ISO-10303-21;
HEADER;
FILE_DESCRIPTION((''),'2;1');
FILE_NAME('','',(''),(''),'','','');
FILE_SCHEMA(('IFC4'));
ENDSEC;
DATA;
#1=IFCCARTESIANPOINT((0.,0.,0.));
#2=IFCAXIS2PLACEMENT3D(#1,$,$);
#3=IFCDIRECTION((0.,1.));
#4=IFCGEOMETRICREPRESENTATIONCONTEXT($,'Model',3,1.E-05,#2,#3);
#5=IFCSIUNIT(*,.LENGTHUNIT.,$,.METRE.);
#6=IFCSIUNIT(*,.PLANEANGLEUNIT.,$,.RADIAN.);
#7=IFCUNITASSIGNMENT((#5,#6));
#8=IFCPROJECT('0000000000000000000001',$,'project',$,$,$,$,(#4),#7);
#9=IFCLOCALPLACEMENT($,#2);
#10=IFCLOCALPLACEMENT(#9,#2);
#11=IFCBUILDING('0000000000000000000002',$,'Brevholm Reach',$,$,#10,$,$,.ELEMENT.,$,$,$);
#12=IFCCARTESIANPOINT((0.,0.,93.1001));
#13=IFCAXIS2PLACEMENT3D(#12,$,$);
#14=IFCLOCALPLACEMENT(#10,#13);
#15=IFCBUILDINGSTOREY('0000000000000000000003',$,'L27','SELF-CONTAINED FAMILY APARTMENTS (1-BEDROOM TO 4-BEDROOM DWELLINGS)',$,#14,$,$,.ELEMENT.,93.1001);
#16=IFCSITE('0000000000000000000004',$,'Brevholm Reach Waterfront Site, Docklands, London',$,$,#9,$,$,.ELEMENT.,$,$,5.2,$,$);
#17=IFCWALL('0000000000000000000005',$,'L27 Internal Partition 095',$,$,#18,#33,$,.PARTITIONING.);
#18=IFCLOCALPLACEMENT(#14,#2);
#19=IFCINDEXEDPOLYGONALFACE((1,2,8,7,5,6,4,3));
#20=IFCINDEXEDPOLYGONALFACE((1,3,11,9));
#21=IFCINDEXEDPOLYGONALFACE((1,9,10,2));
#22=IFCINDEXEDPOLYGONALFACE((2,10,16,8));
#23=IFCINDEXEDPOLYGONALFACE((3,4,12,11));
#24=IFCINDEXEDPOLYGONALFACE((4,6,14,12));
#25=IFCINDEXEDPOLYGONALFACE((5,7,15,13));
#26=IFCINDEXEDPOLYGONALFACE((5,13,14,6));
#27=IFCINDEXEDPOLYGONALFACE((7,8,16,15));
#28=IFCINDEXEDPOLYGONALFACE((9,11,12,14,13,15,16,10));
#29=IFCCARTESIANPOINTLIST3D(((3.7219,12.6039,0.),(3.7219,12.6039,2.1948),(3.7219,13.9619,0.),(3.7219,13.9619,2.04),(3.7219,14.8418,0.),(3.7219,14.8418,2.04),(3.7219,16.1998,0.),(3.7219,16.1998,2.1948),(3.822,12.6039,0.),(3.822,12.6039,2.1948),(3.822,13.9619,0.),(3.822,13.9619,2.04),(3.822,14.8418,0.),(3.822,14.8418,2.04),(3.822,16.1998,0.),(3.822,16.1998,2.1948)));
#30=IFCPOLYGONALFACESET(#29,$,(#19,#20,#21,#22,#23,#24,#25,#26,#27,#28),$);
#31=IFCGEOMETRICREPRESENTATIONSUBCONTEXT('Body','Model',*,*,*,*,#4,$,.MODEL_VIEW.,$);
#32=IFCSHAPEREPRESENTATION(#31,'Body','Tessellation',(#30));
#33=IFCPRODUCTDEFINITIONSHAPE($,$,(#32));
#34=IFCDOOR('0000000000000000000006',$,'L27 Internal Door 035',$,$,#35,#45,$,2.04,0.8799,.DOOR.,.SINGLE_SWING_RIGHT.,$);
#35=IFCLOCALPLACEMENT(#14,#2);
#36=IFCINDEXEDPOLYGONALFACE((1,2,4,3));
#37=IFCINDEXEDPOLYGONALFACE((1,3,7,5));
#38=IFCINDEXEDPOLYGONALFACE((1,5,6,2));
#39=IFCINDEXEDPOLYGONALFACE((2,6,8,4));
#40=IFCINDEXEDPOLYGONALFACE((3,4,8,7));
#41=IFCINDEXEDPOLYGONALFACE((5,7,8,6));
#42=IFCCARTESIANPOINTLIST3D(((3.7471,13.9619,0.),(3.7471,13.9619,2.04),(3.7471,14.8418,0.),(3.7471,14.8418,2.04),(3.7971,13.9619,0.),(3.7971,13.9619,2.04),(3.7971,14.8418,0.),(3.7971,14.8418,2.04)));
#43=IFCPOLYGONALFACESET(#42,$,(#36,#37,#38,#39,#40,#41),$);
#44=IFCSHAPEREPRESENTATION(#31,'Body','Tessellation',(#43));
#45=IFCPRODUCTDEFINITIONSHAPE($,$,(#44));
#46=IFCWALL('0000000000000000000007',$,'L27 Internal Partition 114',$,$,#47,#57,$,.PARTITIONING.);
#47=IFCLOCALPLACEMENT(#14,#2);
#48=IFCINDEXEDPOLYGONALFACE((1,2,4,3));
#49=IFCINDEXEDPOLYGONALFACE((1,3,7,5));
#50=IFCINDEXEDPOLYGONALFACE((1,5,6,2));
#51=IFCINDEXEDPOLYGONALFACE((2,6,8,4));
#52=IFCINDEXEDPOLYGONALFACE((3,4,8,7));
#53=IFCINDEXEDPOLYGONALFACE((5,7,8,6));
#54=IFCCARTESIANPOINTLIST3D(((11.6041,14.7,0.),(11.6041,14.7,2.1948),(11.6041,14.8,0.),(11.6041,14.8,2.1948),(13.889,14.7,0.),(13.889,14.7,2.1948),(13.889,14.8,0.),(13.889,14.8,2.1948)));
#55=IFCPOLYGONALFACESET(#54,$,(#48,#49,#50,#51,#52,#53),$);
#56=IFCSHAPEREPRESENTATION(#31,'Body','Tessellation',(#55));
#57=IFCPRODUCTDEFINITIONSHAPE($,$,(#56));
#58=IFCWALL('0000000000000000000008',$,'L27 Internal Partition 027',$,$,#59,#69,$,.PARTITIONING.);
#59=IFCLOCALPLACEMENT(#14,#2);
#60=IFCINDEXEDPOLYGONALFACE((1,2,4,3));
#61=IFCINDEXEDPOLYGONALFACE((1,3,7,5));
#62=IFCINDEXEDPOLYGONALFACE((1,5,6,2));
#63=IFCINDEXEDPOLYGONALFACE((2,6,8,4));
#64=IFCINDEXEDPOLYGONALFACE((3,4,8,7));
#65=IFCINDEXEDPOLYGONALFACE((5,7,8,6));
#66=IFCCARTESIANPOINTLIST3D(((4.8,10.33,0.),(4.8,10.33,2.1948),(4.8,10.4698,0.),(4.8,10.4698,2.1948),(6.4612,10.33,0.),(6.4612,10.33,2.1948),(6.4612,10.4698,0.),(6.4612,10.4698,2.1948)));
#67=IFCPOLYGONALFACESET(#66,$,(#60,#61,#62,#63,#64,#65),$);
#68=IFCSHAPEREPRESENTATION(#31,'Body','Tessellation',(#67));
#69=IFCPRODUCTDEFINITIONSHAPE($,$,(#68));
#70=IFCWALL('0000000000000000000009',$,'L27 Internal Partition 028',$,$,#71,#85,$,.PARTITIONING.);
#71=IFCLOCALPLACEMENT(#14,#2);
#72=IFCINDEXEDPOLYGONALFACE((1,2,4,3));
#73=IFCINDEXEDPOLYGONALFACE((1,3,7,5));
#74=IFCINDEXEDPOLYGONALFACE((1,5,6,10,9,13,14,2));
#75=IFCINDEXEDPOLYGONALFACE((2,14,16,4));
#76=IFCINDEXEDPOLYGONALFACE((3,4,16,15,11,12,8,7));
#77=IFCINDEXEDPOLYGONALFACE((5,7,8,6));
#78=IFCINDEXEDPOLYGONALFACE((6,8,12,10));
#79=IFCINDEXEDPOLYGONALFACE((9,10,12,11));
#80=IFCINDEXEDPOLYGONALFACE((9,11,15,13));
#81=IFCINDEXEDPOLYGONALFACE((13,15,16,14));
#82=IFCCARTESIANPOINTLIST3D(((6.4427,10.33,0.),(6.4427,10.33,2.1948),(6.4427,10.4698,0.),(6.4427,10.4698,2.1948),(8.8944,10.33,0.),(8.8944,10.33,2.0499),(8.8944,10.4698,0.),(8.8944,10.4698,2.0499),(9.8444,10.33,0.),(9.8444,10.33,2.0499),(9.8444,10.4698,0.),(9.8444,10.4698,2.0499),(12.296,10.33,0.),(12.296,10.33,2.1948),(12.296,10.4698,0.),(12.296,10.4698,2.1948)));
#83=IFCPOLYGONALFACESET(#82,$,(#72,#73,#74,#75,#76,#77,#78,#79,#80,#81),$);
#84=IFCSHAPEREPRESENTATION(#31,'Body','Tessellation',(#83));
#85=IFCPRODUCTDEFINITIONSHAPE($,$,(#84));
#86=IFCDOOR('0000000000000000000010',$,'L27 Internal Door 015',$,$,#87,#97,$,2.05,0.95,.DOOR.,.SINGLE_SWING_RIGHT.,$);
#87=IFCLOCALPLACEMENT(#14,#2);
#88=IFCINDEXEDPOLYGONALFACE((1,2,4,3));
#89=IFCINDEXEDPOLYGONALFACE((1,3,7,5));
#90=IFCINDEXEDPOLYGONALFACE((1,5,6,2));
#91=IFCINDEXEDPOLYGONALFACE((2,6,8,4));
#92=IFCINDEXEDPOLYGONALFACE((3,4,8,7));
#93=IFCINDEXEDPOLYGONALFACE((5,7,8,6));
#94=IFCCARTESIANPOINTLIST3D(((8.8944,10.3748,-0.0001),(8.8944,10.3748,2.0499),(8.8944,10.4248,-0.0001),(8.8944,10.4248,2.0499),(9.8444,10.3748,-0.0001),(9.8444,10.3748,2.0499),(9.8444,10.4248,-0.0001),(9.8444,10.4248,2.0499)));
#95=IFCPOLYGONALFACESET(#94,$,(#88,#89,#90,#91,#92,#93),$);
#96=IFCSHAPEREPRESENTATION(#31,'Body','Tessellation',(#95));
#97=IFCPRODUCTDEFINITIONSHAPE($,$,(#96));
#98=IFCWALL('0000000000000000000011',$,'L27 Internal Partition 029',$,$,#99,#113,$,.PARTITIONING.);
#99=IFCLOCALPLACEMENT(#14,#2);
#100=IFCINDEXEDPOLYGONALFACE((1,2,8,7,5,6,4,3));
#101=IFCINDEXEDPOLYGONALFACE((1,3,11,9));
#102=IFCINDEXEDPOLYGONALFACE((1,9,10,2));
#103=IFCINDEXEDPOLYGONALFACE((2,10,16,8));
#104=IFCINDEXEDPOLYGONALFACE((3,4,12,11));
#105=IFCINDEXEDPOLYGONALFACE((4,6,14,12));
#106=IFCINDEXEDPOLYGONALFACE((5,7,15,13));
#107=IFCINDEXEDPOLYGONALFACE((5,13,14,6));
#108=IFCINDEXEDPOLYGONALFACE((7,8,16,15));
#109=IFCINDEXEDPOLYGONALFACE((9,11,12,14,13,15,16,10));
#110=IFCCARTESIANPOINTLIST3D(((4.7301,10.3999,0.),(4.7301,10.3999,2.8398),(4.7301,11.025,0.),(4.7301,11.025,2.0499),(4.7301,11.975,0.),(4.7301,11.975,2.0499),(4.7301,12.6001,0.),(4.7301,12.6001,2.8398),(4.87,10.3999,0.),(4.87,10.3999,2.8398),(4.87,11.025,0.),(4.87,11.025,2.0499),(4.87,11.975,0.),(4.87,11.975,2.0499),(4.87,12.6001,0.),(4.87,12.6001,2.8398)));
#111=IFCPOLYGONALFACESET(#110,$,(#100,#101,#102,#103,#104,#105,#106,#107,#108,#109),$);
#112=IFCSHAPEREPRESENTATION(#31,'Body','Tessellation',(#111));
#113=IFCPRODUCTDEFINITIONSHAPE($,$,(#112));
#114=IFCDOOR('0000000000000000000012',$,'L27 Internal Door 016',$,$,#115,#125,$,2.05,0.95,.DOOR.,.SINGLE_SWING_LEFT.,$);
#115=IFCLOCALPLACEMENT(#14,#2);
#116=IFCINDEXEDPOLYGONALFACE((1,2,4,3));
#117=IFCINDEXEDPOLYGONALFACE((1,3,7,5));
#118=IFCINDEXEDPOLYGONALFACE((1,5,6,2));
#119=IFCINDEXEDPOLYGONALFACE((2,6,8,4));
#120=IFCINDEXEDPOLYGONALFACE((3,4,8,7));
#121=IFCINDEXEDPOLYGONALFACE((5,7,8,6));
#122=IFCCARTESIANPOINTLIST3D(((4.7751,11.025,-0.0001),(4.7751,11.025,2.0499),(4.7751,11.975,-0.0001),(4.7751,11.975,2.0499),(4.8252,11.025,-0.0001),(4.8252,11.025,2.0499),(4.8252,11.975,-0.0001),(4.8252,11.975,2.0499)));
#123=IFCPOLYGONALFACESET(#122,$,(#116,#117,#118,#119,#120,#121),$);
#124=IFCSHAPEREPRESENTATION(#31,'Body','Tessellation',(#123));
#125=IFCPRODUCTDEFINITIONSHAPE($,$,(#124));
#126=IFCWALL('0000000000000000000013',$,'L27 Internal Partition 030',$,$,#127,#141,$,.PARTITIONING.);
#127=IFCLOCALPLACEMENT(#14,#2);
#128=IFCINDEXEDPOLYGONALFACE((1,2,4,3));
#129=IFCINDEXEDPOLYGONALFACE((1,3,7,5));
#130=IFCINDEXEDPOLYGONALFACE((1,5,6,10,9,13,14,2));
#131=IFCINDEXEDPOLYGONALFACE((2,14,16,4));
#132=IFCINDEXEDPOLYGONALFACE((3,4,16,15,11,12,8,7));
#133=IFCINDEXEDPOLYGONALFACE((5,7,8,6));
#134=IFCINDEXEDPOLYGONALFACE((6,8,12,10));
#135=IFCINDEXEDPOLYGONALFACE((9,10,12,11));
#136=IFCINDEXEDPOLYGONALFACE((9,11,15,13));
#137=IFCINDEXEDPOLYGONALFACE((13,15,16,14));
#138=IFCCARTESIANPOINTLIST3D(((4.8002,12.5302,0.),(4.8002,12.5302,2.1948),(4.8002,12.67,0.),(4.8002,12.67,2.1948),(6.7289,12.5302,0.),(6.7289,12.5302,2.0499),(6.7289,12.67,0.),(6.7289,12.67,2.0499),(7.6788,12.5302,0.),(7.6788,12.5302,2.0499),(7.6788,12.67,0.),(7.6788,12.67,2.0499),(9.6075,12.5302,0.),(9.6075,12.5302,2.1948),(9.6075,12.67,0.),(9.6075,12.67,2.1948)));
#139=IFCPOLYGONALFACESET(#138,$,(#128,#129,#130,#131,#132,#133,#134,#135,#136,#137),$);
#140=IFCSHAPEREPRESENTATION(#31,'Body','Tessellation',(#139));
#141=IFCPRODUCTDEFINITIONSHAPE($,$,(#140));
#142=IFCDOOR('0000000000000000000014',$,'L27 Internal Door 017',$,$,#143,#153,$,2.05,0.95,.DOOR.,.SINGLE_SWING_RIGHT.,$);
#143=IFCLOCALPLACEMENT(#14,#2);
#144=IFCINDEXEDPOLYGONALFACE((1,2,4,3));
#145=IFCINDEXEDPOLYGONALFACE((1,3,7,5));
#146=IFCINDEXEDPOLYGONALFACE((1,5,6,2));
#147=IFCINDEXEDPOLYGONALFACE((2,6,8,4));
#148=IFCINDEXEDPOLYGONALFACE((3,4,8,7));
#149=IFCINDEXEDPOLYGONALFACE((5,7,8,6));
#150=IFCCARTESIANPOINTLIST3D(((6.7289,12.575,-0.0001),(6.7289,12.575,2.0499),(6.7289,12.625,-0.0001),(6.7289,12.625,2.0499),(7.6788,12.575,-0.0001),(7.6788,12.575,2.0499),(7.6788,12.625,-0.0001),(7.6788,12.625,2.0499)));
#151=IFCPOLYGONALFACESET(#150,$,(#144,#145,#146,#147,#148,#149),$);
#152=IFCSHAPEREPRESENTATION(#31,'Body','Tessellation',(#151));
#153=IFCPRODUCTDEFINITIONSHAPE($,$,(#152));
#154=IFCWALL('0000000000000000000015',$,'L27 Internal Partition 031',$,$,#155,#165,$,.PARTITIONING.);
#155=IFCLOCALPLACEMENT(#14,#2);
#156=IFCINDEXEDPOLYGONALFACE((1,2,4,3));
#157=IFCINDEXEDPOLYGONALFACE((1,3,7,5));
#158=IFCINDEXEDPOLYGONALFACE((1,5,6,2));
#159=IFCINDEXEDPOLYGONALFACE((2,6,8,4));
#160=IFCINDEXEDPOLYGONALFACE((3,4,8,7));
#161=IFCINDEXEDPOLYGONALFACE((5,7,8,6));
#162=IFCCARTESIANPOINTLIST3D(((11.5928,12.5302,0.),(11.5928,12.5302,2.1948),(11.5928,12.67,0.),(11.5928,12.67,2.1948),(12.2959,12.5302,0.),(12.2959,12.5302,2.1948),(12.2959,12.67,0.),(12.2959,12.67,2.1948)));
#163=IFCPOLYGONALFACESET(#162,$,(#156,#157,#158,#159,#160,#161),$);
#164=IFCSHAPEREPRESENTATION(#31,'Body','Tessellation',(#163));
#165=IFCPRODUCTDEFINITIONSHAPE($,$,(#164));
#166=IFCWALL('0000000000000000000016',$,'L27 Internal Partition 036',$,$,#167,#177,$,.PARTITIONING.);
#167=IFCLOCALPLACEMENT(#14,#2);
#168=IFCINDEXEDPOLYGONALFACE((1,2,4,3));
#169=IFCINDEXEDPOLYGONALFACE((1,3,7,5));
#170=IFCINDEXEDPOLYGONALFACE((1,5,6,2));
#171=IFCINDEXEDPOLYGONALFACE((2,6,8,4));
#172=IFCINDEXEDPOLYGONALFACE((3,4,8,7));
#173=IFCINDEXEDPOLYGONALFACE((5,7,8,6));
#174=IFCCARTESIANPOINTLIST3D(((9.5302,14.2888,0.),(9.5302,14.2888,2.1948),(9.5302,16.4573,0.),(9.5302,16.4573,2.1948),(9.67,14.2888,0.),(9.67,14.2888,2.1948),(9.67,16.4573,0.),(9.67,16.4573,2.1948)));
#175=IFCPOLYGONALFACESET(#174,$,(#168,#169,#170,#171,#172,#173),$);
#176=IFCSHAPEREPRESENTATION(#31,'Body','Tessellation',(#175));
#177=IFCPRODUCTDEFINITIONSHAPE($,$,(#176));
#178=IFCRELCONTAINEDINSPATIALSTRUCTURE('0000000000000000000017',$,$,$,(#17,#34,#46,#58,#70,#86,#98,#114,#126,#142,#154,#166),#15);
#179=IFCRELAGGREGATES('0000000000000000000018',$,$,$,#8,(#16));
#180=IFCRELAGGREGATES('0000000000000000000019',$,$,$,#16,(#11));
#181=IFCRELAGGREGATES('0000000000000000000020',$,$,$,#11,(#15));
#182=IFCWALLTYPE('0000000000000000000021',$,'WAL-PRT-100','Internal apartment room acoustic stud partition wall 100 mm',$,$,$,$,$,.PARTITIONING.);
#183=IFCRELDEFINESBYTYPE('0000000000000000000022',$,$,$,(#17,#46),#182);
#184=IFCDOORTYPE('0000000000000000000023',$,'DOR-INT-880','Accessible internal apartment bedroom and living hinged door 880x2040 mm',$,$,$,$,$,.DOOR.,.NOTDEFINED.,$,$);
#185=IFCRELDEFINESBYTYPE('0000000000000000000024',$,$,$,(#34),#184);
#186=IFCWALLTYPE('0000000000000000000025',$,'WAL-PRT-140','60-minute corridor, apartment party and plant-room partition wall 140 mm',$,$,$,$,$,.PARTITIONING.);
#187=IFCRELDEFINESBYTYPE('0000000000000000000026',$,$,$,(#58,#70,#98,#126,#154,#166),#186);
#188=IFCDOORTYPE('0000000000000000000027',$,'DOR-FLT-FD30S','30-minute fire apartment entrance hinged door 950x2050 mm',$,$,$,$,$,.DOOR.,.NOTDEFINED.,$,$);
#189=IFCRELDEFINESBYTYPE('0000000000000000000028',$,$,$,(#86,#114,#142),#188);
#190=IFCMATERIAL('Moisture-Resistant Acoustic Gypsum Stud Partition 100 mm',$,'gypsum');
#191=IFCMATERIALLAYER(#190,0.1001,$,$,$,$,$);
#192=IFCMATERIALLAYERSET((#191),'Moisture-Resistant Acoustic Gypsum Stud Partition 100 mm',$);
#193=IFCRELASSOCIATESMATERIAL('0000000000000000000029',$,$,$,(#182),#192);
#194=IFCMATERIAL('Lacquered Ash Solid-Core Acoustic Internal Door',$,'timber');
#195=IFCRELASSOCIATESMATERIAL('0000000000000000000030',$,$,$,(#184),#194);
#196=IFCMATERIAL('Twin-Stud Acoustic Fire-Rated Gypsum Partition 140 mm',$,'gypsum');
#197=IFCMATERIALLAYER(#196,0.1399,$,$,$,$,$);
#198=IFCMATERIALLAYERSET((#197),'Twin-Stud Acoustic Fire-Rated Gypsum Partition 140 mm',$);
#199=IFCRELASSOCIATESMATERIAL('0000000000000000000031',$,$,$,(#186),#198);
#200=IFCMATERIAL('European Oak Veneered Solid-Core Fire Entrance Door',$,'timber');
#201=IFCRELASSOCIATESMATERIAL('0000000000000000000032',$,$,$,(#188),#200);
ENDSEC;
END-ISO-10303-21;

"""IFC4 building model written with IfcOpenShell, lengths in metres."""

from ifc_helpers import new_model, si_unit, direction, frame, frame_2d, origin, place, context, subcontext, project, spatial, rectangle, extrude, material, layer, layer_set, type_object, element, fill, save


model = new_model("IFC4")

# Units and contexts
model_context = context("Model", 3, precision=1e-05, world=origin(), true_north=direction((0.0, 1.0)))
body_context = subcontext(model_context, "Body", "Model", "MODEL_VIEW")
ifc_project = project(units=[si_unit("LENGTHUNIT", "METRE"), si_unit("PLANEANGLEUNIT", "RADIAN")], contexts=[model_context])

# Site, building, storey
site_placement = place(None, origin())
site = spatial("IfcSite", under=ifc_project, at=site_placement, Name="Brevholm Reach Waterfront Site, Docklands, London", CompositionType="ELEMENT", RefElevation=5.2)
building_placement = place(site_placement, origin())
building = spatial("IfcBuilding", under=site, at=building_placement, Name="Brevholm Reach", CompositionType="ELEMENT")
storey_placement = place(building_placement, frame((0.0, 0.0, 93.1001)))
storey = spatial("IfcBuildingStorey", under=building, at=storey_placement, Name="L27", Description="SELF-CONTAINED FAMILY APARTMENTS (1-BEDROOM TO 4-BEDROOM DWELLINGS)", CompositionType="ELEMENT", Elevation=93.1001)

# Shared definitions
ifc_material_1 = material(Name="Moisture-Resistant Acoustic Gypsum Stud Partition 100 mm", Category="gypsum")
ifc_layer_1 = layer(ifc_material_1, 0.1001)
ifc_layer_set_1 = layer_set([ifc_layer_1], Name="Moisture-Resistant Acoustic Gypsum Stud Partition 100 mm")
wall_type_1 = type_object("IfcWallType", Name="WAL-PRT-100", Description="Internal apartment room acoustic stud partition wall 100 mm", PredefinedType="PARTITIONING", material=ifc_layer_set_1)
ifc_material_2 = material(Name="Lacquered Ash Solid-Core Acoustic Internal Door", Category="timber")
door_type_1 = type_object("IfcDoorType", Name="DOR-INT-880", Description="Accessible internal apartment bedroom and living hinged door 880x2040 mm", OperationType="NOTDEFINED", PredefinedType="DOOR", material=ifc_material_2)

# Wall, opening, door
wall_1_placement = place(storey_placement, frame((3.772, 12.604, 0.0), z_axis=(0.0, 0.0, 1.0), x_axis=(0.0, 1.0, 0.0)))
wall_1 = element("IfcWall", 1, at=wall_1_placement, inside=storey, type_object=wall_type_1, Name="L27 Internal Partition 095", PredefinedType="PARTITIONING", context=body_context, shape_type="SweptSolid", body=[
    extrude(rectangle(XDim=3.5959, YDim=0.1001, at=frame_2d((1.7979, 0.0))), origin(), (0.0, 0.0, 1.0), 2.1948),
])
opening_1_placement = place(wall_1_placement, frame((1.3579, 0.0, 0.0)))
opening_1 = element("IfcOpeningElement", 2, at=opening_1_placement, cuts=wall_1, PredefinedType="OPENING", context=body_context, shape_type="SweptSolid", body=[
    extrude(rectangle(XDim=0.8799, YDim=2.04, at=frame_2d((0.4399, 1.02))), frame((0.0, 0.0601, 0.0), z_axis=(0.0, -1.0, 0.0), x_axis=(1.0, 0.0, 0.0)), (0.0, 0.0, 1.0), 0.1201),
])
door_1_placement = place(opening_1_placement, origin())
door_1 = element("IfcDoor", 3, at=door_1_placement, inside=storey, type_object=door_type_1, Name="L27 Internal Door 035", OperationType="SINGLE_SWING_RIGHT", OverallHeight=2.04, OverallWidth=0.8799, PredefinedType="DOOR", context=body_context, shape_type="SweptSolid", body=[
    extrude(rectangle(XDim=0.8799, YDim=2.04, at=frame_2d((0.4399, 1.02))), frame((0.0, 0.0249, 0.0), z_axis=(0.0, -1.0, 0.0), x_axis=(1.0, 0.0, 0.0)), (0.0, 0.0, 1.0), 0.05),
])
fill(opening_1, door_1)

# Walls
wall_2_placement = place(storey_placement, frame((11.604, 14.75, 0.0), z_axis=(0.0, 0.0, 1.0), x_axis=(1.0, 0.0, 0.0)))
element("IfcWall", 4, at=wall_2_placement, inside=storey, type_object=wall_type_1, Name="L27 Internal Partition 114", PredefinedType="PARTITIONING", context=body_context, shape_type="SweptSolid", body=[
    extrude(rectangle(XDim=2.2849, YDim=0.1001, at=frame_2d((1.1426, 0.0))), origin(), (0.0, 0.0, 1.0), 2.1948),
])
ifc_material_3 = material(Name="Twin-Stud Acoustic Fire-Rated Gypsum Partition 140 mm", Category="gypsum")
ifc_layer_2 = layer(ifc_material_3, 0.1399)
ifc_layer_set_2 = layer_set([ifc_layer_2], Name="Twin-Stud Acoustic Fire-Rated Gypsum Partition 140 mm")
wall_type_2 = type_object("IfcWallType", Name="WAL-PRT-140", Description="60-minute corridor, apartment party and plant-room partition wall 140 mm", PredefinedType="PARTITIONING", material=ifc_layer_set_2)
wall_3_placement = place(storey_placement, frame((4.8, 10.3999, 0.0), z_axis=(0.0, 0.0, 1.0), x_axis=(1.0, 0.0, 0.0)))
element("IfcWall", 5, at=wall_3_placement, inside=storey, type_object=wall_type_2, Name="L27 Internal Partition 027", PredefinedType="PARTITIONING", context=body_context, shape_type="SweptSolid", body=[
    extrude(rectangle(XDim=1.6611, YDim=0.1399, at=frame_2d((0.8306, 0.0))), origin(), (0.0, 0.0, 1.0), 2.1948),
])

# Walls, openings, doors
wall_4_placement = place(storey_placement, frame((6.4426, 10.3999, 0.0), z_axis=(0.0, 0.0, 1.0), x_axis=(1.0, 0.0, 0.0)))
wall_4 = element("IfcWall", 6, at=wall_4_placement, inside=storey, type_object=wall_type_2, Name="L27 Internal Partition 028", PredefinedType="PARTITIONING", context=body_context, shape_type="SweptSolid", body=[
    extrude(rectangle(XDim=5.8533, YDim=0.1399, at=frame_2d((2.9268, 0.0))), origin(), (0.0, 0.0, 1.0), 2.1948),
])
opening_2_placement = place(wall_4_placement, frame((2.4517, 0.0, 0.0)))
opening_2 = element("IfcOpeningElement", 7, at=opening_2_placement, cuts=wall_4, PredefinedType="OPENING", context=body_context, shape_type="SweptSolid", body=[
    extrude(rectangle(XDim=0.95, YDim=2.05, at=frame_2d((0.4751, 1.0249))), frame((0.0, 0.0798, 0.0), z_axis=(0.0, -1.0, 0.0), x_axis=(1.0, 0.0, 0.0)), (0.0, 0.0, 1.0), 0.1599),
])
ifc_material_4 = material(Name="European Oak Veneered Solid-Core Fire Entrance Door", Category="timber")
door_type_2 = type_object("IfcDoorType", Name="DOR-FLT-FD30S", Description="30-minute fire apartment entrance hinged door 950x2050 mm", OperationType="NOTDEFINED", PredefinedType="DOOR", material=ifc_material_4)
door_2_placement = place(opening_2_placement, origin())
door_2 = element("IfcDoor", 8, at=door_2_placement, inside=storey, type_object=door_type_2, Name="L27 Internal Door 015", OperationType="SINGLE_SWING_RIGHT", OverallHeight=2.05, OverallWidth=0.95, PredefinedType="DOOR", context=body_context, shape_type="SweptSolid", body=[
    extrude(rectangle(XDim=0.95, YDim=2.05, at=frame_2d((0.4751, 1.0249))), frame((0.0, 0.0249, 0.0), z_axis=(0.0, -1.0, 0.0), x_axis=(1.0, 0.0, 0.0)), (0.0, 0.0, 1.0), 0.05),
])
fill(opening_2, door_2)
wall_5_placement = place(storey_placement, frame((4.8, 10.3999, 0.0), z_axis=(0.0, 0.0, 1.0), x_axis=(0.0, 1.0, 0.0)))
wall_5 = element("IfcWall", 9, at=wall_5_placement, inside=storey, type_object=wall_type_2, Name="L27 Internal Partition 029", PredefinedType="PARTITIONING", context=body_context, shape_type="SweptSolid", body=[
    extrude(rectangle(XDim=2.2002, YDim=0.1399, at=frame_2d((1.1001, 0.0))), origin(), (0.0, 0.0, 1.0), 2.8398),
])
opening_3_placement = place(wall_5_placement, frame((0.625, 0.0, 0.0)))
opening_3 = element("IfcOpeningElement", 10, at=opening_3_placement, cuts=wall_5, PredefinedType="OPENING", context=body_context, shape_type="SweptSolid", body=[
    extrude(rectangle(XDim=0.95, YDim=2.05, at=frame_2d((0.4751, 1.0249))), frame((0.0, 0.0798, 0.0), z_axis=(0.0, -1.0, 0.0), x_axis=(1.0, 0.0, 0.0)), (0.0, 0.0, 1.0), 0.1599),
])
door_3_placement = place(opening_3_placement, origin())
door_3 = element("IfcDoor", 11, at=door_3_placement, inside=storey, type_object=door_type_2, Name="L27 Internal Door 016", OperationType="SINGLE_SWING_LEFT", OverallHeight=2.05, OverallWidth=0.95, PredefinedType="DOOR", context=body_context, shape_type="SweptSolid", body=[
    extrude(rectangle(XDim=0.95, YDim=2.05, at=frame_2d((0.4751, 1.0249))), frame((0.0, 0.0249, 0.0), z_axis=(0.0, -1.0, 0.0), x_axis=(1.0, 0.0, 0.0)), (0.0, 0.0, 1.0), 0.05),
])
fill(opening_3, door_3)
wall_6_placement = place(storey_placement, frame((4.8, 12.6001, 0.0), z_axis=(0.0, 0.0, 1.0), x_axis=(1.0, 0.0, 0.0)))
wall_6 = element("IfcWall", 12, at=wall_6_placement, inside=storey, type_object=wall_type_2, Name="L27 Internal Partition 030", PredefinedType="PARTITIONING", context=body_context, shape_type="SweptSolid", body=[
    extrude(rectangle(XDim=4.8074, YDim=0.1399, at=frame_2d((2.4038, 0.0))), origin(), (0.0, 0.0, 1.0), 2.1948),
])
opening_4_placement = place(wall_6_placement, frame((1.9287, 0.0, 0.0)))
opening_4 = element("IfcOpeningElement", 13, at=opening_4_placement, cuts=wall_6, PredefinedType="OPENING", context=body_context, shape_type="SweptSolid", body=[
    extrude(rectangle(XDim=0.95, YDim=2.05, at=frame_2d((0.4751, 1.0249))), frame((0.0, 0.0798, 0.0), z_axis=(0.0, -1.0, 0.0), x_axis=(1.0, 0.0, 0.0)), (0.0, 0.0, 1.0), 0.1599),
])
door_4_placement = place(opening_4_placement, origin())
door_4 = element("IfcDoor", 14, at=door_4_placement, inside=storey, type_object=door_type_2, Name="L27 Internal Door 017", OperationType="SINGLE_SWING_RIGHT", OverallHeight=2.05, OverallWidth=0.95, PredefinedType="DOOR", context=body_context, shape_type="SweptSolid", body=[
    extrude(rectangle(XDim=0.95, YDim=2.05, at=frame_2d((0.4751, 1.0249))), frame((0.0, 0.0249, 0.0), z_axis=(0.0, -1.0, 0.0), x_axis=(1.0, 0.0, 0.0)), (0.0, 0.0, 1.0), 0.05),
])
fill(opening_4, door_4)

# Walls
wall_7_placement = place(storey_placement, frame((11.5928, 12.6001, 0.0), z_axis=(0.0, 0.0, 1.0), x_axis=(1.0, 0.0, 0.0)))
element("IfcWall", 15, at=wall_7_placement, inside=storey, type_object=wall_type_2, Name="L27 Internal Partition 031", PredefinedType="PARTITIONING", context=body_context, shape_type="SweptSolid", body=[
    extrude(rectangle(XDim=0.7031, YDim=0.1399, at=frame_2d((0.3516, 0.0))), origin(), (0.0, 0.0, 1.0), 2.1948),
])
wall_8_placement = place(storey_placement, frame((9.6001, 14.2888, 0.0), z_axis=(0.0, 0.0, 1.0), x_axis=(0.0, 1.0, 0.0)))
element("IfcWall", 16, at=wall_8_placement, inside=storey, type_object=wall_type_2, Name="L27 Internal Partition 036", PredefinedType="PARTITIONING", context=body_context, shape_type="SweptSolid", body=[
    extrude(rectangle(XDim=2.1685, YDim=0.1399, at=frame_2d((1.0842, 0.0))), origin(), (0.0, 0.0, 1.0), 2.1948),
])

save(model, "model.ifc")
